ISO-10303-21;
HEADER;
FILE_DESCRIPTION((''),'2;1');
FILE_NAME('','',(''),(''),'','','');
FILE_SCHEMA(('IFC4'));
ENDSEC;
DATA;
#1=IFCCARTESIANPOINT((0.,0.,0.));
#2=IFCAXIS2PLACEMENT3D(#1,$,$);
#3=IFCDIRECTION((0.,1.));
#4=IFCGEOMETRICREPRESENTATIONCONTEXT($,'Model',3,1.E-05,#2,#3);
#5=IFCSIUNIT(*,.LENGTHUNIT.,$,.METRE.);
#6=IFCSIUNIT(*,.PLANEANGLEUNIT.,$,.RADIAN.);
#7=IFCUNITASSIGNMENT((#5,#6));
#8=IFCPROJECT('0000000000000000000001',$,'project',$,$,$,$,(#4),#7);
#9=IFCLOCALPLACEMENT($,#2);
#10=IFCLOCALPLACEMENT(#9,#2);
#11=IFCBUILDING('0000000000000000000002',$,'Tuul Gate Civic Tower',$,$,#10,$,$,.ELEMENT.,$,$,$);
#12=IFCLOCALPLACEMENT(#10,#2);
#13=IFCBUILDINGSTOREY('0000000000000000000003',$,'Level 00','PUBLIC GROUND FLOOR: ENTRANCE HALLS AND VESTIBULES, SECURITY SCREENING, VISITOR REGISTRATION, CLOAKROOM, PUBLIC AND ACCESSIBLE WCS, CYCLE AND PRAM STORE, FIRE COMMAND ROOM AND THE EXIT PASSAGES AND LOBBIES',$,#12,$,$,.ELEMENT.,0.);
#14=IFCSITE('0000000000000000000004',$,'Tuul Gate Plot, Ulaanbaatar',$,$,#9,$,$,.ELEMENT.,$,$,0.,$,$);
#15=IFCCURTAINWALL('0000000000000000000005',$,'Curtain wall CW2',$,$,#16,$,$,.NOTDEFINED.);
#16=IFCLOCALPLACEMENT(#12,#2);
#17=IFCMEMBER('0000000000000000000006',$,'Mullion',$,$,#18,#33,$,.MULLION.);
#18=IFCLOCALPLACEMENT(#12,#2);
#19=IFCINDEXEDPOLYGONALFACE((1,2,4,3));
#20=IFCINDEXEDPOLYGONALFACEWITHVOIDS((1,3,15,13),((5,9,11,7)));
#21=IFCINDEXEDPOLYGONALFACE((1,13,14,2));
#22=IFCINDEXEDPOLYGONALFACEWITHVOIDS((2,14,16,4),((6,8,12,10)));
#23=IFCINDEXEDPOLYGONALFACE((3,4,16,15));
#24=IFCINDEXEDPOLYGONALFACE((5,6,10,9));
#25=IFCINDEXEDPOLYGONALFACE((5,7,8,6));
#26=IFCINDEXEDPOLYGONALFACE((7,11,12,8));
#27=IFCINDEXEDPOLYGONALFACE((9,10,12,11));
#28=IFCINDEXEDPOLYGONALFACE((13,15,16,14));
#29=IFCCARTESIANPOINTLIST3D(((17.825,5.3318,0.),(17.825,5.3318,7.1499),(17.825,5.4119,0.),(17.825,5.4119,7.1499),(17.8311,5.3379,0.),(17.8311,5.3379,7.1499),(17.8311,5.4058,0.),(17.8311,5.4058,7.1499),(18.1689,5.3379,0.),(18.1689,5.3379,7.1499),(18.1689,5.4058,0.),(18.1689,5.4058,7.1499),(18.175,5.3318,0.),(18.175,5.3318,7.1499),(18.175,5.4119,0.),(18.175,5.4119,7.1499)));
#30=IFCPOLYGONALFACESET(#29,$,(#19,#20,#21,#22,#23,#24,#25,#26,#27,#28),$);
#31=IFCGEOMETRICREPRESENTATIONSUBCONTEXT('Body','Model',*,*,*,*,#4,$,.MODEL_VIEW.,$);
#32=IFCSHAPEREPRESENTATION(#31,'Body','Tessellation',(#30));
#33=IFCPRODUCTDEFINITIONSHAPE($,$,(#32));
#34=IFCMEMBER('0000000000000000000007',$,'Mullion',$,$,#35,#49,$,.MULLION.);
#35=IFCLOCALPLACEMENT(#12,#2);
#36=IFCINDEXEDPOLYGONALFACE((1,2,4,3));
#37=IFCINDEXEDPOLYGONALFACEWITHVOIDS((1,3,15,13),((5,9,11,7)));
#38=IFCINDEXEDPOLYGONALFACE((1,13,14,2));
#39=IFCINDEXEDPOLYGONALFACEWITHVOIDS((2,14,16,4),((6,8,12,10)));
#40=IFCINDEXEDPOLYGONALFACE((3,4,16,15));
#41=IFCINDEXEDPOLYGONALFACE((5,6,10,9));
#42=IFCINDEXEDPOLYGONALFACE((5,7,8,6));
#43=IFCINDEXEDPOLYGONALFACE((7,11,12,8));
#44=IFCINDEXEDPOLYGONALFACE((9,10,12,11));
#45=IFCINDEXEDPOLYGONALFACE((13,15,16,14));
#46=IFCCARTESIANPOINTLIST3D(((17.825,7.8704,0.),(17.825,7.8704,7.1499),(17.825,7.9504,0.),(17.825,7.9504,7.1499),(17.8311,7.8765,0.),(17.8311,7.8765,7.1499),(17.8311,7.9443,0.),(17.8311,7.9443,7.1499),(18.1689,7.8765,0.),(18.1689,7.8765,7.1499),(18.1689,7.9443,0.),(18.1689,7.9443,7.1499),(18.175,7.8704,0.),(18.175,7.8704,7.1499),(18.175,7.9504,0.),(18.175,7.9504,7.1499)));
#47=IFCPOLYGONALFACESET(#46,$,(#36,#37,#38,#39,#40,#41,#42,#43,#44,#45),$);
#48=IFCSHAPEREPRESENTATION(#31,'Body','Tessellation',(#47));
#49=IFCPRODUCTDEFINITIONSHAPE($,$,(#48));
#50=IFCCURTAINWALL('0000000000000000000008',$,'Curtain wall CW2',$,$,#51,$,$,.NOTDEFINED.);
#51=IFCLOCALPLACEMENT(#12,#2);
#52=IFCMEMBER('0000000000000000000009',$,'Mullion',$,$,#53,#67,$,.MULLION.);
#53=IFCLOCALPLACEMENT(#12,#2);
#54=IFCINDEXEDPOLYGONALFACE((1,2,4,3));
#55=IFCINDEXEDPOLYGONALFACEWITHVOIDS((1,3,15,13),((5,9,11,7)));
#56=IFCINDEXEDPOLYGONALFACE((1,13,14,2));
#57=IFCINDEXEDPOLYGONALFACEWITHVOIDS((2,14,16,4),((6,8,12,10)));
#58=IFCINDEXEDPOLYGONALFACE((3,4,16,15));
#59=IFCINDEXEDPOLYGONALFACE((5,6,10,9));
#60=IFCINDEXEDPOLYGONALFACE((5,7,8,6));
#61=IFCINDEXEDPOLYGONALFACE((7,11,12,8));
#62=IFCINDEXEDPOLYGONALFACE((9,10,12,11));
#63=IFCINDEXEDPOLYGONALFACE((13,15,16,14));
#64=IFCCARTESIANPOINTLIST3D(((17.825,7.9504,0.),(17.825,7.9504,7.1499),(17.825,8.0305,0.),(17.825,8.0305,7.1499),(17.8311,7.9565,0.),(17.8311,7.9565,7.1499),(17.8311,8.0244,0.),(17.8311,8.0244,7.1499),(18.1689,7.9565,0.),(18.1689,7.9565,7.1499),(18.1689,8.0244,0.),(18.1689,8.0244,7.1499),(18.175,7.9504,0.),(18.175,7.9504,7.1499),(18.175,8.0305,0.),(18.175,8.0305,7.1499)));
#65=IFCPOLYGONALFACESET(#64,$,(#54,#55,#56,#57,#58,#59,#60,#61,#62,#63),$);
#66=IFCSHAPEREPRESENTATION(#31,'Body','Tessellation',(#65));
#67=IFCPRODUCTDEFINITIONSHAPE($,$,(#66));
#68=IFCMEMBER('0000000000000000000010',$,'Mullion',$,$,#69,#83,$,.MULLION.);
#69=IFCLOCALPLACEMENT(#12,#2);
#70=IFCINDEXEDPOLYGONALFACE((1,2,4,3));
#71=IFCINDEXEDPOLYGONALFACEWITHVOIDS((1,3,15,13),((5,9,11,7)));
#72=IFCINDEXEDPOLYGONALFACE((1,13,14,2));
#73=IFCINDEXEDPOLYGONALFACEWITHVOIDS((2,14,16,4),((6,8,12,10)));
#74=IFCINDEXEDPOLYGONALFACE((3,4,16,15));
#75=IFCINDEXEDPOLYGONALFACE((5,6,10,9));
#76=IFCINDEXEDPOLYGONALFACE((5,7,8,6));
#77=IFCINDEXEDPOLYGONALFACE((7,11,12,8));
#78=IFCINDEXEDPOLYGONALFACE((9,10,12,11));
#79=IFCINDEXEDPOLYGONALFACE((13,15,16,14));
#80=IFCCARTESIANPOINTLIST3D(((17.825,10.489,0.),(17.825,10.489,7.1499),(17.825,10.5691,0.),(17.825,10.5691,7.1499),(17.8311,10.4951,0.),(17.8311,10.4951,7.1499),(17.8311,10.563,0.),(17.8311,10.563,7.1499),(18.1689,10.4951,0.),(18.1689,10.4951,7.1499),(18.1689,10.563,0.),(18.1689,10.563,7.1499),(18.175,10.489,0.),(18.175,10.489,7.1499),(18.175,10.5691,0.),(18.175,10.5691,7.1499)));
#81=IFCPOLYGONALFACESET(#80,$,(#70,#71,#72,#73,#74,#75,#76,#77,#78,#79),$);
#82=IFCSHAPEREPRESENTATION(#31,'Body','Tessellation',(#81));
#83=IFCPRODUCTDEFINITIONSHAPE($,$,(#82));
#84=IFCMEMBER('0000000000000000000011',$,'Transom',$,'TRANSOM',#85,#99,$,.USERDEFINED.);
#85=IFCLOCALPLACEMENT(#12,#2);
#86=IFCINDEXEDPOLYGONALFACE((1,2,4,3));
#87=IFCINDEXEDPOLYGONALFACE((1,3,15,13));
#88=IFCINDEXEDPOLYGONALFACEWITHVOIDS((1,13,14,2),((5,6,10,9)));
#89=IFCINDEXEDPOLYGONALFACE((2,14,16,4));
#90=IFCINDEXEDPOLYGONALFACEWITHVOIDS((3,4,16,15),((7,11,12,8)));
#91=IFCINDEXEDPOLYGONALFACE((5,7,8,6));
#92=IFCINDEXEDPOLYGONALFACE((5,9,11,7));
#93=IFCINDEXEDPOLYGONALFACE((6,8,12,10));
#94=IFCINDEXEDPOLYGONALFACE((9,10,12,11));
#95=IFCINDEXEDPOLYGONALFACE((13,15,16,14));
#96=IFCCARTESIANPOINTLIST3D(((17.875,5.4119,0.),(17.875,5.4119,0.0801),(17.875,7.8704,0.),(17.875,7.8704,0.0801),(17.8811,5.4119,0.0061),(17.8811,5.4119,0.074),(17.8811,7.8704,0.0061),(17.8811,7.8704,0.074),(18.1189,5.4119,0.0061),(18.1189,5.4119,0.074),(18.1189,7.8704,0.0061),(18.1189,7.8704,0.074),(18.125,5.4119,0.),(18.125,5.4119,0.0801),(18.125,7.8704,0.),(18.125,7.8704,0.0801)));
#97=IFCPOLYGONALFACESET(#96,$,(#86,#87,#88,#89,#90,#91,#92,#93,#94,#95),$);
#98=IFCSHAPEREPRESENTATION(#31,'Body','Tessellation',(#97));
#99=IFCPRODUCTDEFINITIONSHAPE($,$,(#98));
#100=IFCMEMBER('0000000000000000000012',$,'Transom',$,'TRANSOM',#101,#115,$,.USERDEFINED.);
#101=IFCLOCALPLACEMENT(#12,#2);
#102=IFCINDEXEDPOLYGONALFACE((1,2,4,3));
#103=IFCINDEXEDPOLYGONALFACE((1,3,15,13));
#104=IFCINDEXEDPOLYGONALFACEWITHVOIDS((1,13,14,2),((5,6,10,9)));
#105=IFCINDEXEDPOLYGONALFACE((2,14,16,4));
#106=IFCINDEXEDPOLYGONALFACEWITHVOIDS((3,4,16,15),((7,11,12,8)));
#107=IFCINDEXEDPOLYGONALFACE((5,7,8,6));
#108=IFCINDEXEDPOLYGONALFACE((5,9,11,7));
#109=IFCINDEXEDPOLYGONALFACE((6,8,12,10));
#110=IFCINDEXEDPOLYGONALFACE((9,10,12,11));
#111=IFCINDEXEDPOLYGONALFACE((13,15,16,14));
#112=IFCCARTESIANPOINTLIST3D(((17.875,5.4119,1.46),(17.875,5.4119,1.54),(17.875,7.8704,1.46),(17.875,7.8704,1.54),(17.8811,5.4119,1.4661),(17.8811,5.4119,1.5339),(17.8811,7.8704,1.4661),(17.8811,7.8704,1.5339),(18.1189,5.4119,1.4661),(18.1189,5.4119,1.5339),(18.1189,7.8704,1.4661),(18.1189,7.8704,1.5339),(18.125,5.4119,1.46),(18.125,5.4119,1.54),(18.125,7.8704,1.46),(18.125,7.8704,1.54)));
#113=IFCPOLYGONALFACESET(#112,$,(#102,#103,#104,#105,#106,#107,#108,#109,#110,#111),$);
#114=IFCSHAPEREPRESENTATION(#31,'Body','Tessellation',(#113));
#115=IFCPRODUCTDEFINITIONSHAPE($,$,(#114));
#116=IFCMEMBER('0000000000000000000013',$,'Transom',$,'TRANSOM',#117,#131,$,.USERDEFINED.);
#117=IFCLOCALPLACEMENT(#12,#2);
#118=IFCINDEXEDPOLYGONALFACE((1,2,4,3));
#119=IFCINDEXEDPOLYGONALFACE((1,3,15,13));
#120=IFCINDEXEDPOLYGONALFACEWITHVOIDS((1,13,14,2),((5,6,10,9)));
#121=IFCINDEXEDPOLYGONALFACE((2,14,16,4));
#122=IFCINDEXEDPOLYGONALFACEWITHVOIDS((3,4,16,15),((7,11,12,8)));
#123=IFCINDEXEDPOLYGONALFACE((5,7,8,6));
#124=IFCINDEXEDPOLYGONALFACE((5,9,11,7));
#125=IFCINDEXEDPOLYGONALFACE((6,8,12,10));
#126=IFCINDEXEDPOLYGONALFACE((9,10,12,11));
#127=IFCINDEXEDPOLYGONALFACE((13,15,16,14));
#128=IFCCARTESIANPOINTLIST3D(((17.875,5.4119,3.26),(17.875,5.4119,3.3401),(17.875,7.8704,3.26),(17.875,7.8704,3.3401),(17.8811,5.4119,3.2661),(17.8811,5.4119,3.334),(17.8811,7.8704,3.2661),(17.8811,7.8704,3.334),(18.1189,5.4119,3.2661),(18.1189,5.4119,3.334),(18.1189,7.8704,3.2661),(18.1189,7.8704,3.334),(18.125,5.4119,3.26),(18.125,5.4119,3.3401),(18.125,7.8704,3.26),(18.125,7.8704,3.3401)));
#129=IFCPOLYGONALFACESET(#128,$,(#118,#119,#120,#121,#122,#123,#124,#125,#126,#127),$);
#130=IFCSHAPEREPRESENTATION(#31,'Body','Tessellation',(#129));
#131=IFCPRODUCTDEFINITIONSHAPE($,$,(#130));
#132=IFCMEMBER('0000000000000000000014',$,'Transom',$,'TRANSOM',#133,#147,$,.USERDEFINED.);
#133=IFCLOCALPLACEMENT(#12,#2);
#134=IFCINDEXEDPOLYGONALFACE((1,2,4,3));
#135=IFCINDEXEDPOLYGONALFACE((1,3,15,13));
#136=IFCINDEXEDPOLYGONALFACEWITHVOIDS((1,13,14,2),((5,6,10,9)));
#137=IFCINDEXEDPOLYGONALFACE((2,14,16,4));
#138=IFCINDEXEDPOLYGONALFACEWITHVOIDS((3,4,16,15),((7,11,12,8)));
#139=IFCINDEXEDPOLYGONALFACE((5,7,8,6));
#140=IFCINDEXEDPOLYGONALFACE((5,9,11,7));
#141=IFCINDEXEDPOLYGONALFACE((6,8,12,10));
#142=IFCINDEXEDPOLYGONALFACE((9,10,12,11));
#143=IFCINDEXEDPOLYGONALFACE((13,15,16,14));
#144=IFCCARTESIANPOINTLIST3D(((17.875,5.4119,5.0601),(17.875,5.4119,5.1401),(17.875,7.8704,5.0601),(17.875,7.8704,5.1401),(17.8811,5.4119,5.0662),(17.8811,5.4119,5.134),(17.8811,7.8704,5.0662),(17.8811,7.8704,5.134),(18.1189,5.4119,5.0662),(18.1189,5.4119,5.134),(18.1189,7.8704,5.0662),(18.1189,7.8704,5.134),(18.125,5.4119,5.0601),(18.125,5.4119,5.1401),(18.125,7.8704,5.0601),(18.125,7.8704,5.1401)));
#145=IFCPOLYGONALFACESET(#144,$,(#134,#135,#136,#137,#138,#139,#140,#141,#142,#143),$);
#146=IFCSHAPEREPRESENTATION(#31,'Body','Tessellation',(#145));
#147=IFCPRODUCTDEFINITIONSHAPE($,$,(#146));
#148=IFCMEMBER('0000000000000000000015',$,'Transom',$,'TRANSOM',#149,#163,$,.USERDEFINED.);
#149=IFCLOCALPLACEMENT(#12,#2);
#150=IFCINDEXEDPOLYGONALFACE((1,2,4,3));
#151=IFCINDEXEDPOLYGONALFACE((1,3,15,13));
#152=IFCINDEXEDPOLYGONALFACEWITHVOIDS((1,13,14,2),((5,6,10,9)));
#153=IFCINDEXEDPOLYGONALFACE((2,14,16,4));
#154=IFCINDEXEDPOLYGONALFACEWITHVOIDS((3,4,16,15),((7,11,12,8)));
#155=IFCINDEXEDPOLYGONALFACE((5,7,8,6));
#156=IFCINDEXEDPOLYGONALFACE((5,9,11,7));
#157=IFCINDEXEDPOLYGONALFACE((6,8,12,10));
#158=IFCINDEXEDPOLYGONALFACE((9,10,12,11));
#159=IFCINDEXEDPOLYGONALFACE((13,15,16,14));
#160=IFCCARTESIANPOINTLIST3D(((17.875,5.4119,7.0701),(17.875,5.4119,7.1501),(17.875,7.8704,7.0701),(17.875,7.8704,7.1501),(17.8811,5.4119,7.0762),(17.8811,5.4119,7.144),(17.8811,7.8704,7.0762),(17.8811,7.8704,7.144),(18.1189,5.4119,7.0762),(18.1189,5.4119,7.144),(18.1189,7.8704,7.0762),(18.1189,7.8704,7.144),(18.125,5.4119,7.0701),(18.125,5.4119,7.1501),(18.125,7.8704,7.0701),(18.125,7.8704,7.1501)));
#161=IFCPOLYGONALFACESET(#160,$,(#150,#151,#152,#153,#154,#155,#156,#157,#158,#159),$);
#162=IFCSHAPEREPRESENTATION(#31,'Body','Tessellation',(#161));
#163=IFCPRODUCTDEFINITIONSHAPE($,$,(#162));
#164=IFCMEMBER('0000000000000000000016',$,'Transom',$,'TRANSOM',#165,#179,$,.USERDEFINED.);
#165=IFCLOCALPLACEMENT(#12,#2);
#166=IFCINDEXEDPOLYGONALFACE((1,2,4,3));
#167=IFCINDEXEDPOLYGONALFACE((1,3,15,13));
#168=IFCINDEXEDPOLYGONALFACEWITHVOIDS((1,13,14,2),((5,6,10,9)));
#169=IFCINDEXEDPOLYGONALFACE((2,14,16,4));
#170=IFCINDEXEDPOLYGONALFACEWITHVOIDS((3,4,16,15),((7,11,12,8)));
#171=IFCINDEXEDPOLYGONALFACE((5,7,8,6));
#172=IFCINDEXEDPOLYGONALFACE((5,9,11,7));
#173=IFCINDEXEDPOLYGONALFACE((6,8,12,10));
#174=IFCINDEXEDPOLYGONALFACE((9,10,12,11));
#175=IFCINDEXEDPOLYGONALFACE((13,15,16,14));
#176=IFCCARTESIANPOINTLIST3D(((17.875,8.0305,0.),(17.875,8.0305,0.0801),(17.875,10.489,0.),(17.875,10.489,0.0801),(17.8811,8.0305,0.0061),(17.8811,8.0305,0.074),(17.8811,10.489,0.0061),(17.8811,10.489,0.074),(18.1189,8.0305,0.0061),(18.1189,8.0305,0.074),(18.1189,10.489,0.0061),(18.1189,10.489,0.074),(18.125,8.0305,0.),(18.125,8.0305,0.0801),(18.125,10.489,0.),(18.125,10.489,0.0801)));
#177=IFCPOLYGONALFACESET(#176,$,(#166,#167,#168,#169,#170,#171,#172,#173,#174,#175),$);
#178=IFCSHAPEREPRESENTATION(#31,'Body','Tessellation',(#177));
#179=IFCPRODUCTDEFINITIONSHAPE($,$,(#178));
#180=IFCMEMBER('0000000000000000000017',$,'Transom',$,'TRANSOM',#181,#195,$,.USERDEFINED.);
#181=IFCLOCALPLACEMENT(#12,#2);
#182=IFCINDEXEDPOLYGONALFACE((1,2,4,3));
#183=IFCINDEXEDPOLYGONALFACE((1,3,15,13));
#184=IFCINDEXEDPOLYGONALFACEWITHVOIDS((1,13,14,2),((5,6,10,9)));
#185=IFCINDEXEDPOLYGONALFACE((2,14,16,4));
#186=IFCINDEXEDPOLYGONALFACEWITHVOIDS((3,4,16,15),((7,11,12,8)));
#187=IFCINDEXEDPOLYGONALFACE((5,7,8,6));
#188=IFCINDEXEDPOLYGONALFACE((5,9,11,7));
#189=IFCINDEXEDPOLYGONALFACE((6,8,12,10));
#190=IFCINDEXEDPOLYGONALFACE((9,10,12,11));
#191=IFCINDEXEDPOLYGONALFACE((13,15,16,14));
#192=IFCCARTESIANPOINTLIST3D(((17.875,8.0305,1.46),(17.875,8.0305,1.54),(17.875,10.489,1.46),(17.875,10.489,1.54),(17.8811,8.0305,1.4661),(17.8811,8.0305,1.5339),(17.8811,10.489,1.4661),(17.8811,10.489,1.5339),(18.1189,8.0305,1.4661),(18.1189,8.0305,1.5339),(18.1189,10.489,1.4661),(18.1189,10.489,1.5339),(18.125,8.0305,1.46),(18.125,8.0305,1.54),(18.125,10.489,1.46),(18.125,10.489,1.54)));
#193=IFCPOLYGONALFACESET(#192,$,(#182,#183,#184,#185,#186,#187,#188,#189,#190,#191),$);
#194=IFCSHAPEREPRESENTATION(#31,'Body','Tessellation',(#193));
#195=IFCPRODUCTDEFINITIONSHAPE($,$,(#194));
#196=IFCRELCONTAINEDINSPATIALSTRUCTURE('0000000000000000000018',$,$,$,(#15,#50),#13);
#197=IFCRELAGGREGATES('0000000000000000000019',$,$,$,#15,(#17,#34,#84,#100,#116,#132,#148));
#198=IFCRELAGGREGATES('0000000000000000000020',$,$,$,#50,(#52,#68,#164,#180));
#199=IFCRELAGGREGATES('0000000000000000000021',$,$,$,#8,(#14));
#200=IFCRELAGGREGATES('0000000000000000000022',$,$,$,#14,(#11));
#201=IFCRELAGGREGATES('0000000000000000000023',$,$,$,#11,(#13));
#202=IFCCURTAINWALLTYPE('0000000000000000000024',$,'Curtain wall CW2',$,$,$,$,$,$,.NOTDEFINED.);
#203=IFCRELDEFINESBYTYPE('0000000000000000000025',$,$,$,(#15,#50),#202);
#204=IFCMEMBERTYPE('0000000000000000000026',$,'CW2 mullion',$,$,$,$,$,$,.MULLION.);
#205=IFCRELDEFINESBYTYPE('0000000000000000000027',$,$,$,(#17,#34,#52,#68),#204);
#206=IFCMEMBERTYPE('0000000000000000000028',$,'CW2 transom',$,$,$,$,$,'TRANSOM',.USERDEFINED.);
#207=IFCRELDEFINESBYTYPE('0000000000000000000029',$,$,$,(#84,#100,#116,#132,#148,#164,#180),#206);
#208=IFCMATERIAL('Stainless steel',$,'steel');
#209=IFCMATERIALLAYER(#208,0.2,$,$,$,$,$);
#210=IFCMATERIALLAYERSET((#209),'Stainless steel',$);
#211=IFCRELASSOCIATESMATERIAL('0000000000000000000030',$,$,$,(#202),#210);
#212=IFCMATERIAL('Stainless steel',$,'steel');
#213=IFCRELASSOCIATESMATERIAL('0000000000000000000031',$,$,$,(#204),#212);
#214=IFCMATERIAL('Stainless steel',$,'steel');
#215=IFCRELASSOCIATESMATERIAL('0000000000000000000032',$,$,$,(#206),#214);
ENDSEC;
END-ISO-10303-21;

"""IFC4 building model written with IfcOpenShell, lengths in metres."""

from ifc_helpers import new_model, si_unit, direction, frame, origin, origin_2d, place, context, subcontext, project, spatial, hollow_rectangle, extrude, material, layer, layer_set, material_profile, profile_set, type_object, element, aggregate, save


model = new_model("IFC4")

# Units and contexts
model_context = context("Model", 3, precision=1e-05, world=origin(), true_north=direction((0.0, 1.0)))
body_context = subcontext(model_context, "Body", "Model", "MODEL_VIEW")
ifc_project = project(units=[si_unit("LENGTHUNIT", "METRE"), si_unit("PLANEANGLEUNIT", "RADIAN")], contexts=[model_context])

# Site, building, storey
site_placement = place(None, origin())
site = spatial("IfcSite", under=ifc_project, at=site_placement, Name="Tuul Gate Plot, Ulaanbaatar", CompositionType="ELEMENT", RefElevation=0.0)
building_placement = place(site_placement, origin())
building = spatial("IfcBuilding", under=site, at=building_placement, Name="Tuul Gate Civic Tower", CompositionType="ELEMENT")
storey_placement = place(building_placement, origin())
storey = spatial("IfcBuildingStorey", under=building, at=storey_placement, Name="Level 00", Description="PUBLIC GROUND FLOOR: ENTRANCE HALLS AND VESTIBULES, SECURITY SCREENING, VISITOR REGISTRATION, CLOAKROOM, PUBLIC AND ACCESSIBLE WCS, CYCLE AND PRAM STORE, FIRE COMMAND ROOM AND THE EXIT PASSAGES AND LOBBIES", CompositionType="ELEMENT", Elevation=0.0)

# Curtain walls, members
ifc_material_1 = material(Name="Stainless steel", Category="steel")
ifc_layer_1 = layer(ifc_material_1, 0.2)
ifc_layer_set_1 = layer_set([ifc_layer_1], Name="Stainless steel")
curtain_wall_type = type_object("IfcCurtainWallType", Name="Curtain wall CW2", PredefinedType="NOTDEFINED", material=ifc_layer_set_1)
curtain_wall_1_placement = place(storey_placement, origin())
curtain_wall_1 = element("IfcCurtainWall", 1, at=curtain_wall_1_placement, inside=storey, type_object=curtain_wall_type, Name="Curtain wall CW2", PredefinedType="NOTDEFINED")
ifc_material_2 = material(Name="Stainless steel", Category="steel")
ifc_material_profile_1 = material_profile(ifc_material_2, hollow_rectangle(XDim=0.3501, YDim=0.0801, WallThickness=0.0061, at=origin_2d()), Name="CW2 mullion")
ifc_profile_set_1 = profile_set([ifc_material_profile_1], Name="Stainless steel")
member_type_1 = type_object("IfcMemberType", Name="CW2 mullion", PredefinedType="MULLION", material=ifc_profile_set_1)
member_1_placement = place(storey_placement, frame((18.0, 5.3718, 0.0), z_axis=(0.0, 0.0, 1.0), x_axis=(-1.0, 0.0, 0.0)))
member_1 = element("IfcMember", 2, at=member_1_placement, type_object=member_type_1, Name="Mullion", PredefinedType="MULLION", context=body_context, shape_type="SweptSolid", body=[
    extrude(hollow_rectangle(XDim=0.3501, YDim=0.0801, WallThickness=0.0061, at=origin_2d()), origin(), (0.0, 0.0, 1.0), 7.1499),
])
member_2_placement = place(storey_placement, frame((18.0, 7.9104, 0.0), z_axis=(0.0, 0.0, 1.0), x_axis=(-1.0, 0.0, 0.0)))
member_2 = element("IfcMember", 3, at=member_2_placement, type_object=member_type_1, Name="Mullion", PredefinedType="MULLION", context=body_context, shape_type="SweptSolid", body=[
    extrude(hollow_rectangle(XDim=0.3501, YDim=0.0801, WallThickness=0.0061, at=origin_2d()), origin(), (0.0, 0.0, 1.0), 7.1499),
])
curtain_wall_2_placement = place(storey_placement, origin())
curtain_wall_2 = element("IfcCurtainWall", 4, at=curtain_wall_2_placement, inside=storey, type_object=curtain_wall_type, Name="Curtain wall CW2", PredefinedType="NOTDEFINED")
member_3_placement = place(storey_placement, frame((18.0, 7.9905, 0.0), z_axis=(0.0, 0.0, 1.0), x_axis=(-1.0, 0.0, 0.0)))
member_3 = element("IfcMember", 5, at=member_3_placement, type_object=member_type_1, Name="Mullion", PredefinedType="MULLION", context=body_context, shape_type="SweptSolid", body=[
    extrude(hollow_rectangle(XDim=0.3501, YDim=0.0801, WallThickness=0.0061, at=origin_2d()), origin(), (0.0, 0.0, 1.0), 7.1499),
])
member_4_placement = place(storey_placement, frame((18.0, 10.5291, 0.0), z_axis=(0.0, 0.0, 1.0), x_axis=(-1.0, 0.0, 0.0)))
member_4 = element("IfcMember", 6, at=member_4_placement, type_object=member_type_1, Name="Mullion", PredefinedType="MULLION", context=body_context, shape_type="SweptSolid", body=[
    extrude(hollow_rectangle(XDim=0.3501, YDim=0.0801, WallThickness=0.0061, at=origin_2d()), origin(), (0.0, 0.0, 1.0), 7.1499),
])

# Members
ifc_material_3 = material(Name="Stainless steel", Category="steel")
ifc_material_profile_2 = material_profile(ifc_material_3, hollow_rectangle(XDim=0.25, YDim=0.0801, WallThickness=0.0061, at=origin_2d()), Name="CW2 transom")
ifc_profile_set_2 = profile_set([ifc_material_profile_2], Name="Stainless steel")
member_type_2 = type_object("IfcMemberType", Name="CW2 transom", ElementType="TRANSOM", PredefinedType="USERDEFINED", material=ifc_profile_set_2)
member_5_placement = place(storey_placement, frame((18.0, 5.4119, 0.04), z_axis=(0.0, 1.0, 0.0), x_axis=(-1.0, 0.0, 0.0)))
member_5 = element("IfcMember", 7, at=member_5_placement, type_object=member_type_2, Name="Transom", ObjectType="TRANSOM", PredefinedType="USERDEFINED", context=body_context, shape_type="SweptSolid", body=[
    extrude(hollow_rectangle(XDim=0.25, YDim=0.0801, WallThickness=0.0061, at=origin_2d()), origin(), (0.0, 0.0, 1.0), 2.4585),
])
member_6_placement = place(storey_placement, frame((18.0, 5.4119, 1.5), z_axis=(0.0, 1.0, 0.0), x_axis=(-1.0, 0.0, 0.0)))
member_6 = element("IfcMember", 8, at=member_6_placement, type_object=member_type_2, Name="Transom", ObjectType="TRANSOM", PredefinedType="USERDEFINED", context=body_context, shape_type="SweptSolid", body=[
    extrude(hollow_rectangle(XDim=0.25, YDim=0.0801, WallThickness=0.0061, at=origin_2d()), origin(), (0.0, 0.0, 1.0), 2.4585),
])
member_7_placement = place(storey_placement, frame((18.0, 5.4119, 3.3), z_axis=(0.0, 1.0, 0.0), x_axis=(-1.0, 0.0, 0.0)))
member_7 = element("IfcMember", 9, at=member_7_placement, type_object=member_type_2, Name="Transom", ObjectType="TRANSOM", PredefinedType="USERDEFINED", context=body_context, shape_type="SweptSolid", body=[
    extrude(hollow_rectangle(XDim=0.25, YDim=0.0801, WallThickness=0.0061, at=origin_2d()), origin(), (0.0, 0.0, 1.0), 2.4585),
])
member_8_placement = place(storey_placement, frame((18.0, 5.4119, 5.1001), z_axis=(0.0, 1.0, 0.0), x_axis=(-1.0, 0.0, 0.0)))
member_8 = element("IfcMember", 10, at=member_8_placement, type_object=member_type_2, Name="Transom", ObjectType="TRANSOM", PredefinedType="USERDEFINED", context=body_context, shape_type="SweptSolid", body=[
    extrude(hollow_rectangle(XDim=0.25, YDim=0.0801, WallThickness=0.0061, at=origin_2d()), origin(), (0.0, 0.0, 1.0), 2.4585),
])
member_9_placement = place(storey_placement, frame((18.0, 5.4119, 7.1101), z_axis=(0.0, 1.0, 0.0), x_axis=(-1.0, 0.0, 0.0)))
member_9 = element("IfcMember", 11, at=member_9_placement, type_object=member_type_2, Name="Transom", ObjectType="TRANSOM", PredefinedType="USERDEFINED", context=body_context, shape_type="SweptSolid", body=[
    extrude(hollow_rectangle(XDim=0.25, YDim=0.0801, WallThickness=0.0061, at=origin_2d()), origin(), (0.0, 0.0, 1.0), 2.4585),
])
member_10_placement = place(storey_placement, frame((18.0, 8.0305, 0.04), z_axis=(0.0, 1.0, 0.0), x_axis=(-1.0, 0.0, 0.0)))
member_10 = element("IfcMember", 12, at=member_10_placement, type_object=member_type_2, Name="Transom", ObjectType="TRANSOM", PredefinedType="USERDEFINED", context=body_context, shape_type="SweptSolid", body=[
    extrude(hollow_rectangle(XDim=0.25, YDim=0.0801, WallThickness=0.0061, at=origin_2d()), origin(), (0.0, 0.0, 1.0), 2.4585),
])
member_11_placement = place(storey_placement, frame((18.0, 8.0305, 1.5), z_axis=(0.0, 1.0, 0.0), x_axis=(-1.0, 0.0, 0.0)))
member_11 = element("IfcMember", 13, at=member_11_placement, type_object=member_type_2, Name="Transom", ObjectType="TRANSOM", PredefinedType="USERDEFINED", context=body_context, shape_type="SweptSolid", body=[
    extrude(hollow_rectangle(XDim=0.25, YDim=0.0801, WallThickness=0.0061, at=origin_2d()), origin(), (0.0, 0.0, 1.0), 2.4585),
])

aggregate(curtain_wall_1, [member_1, member_2, member_5, member_6, member_7, member_8, member_9])
aggregate(curtain_wall_2, [member_3, member_4, member_10, member_11])

save(model, "model.ifc")
